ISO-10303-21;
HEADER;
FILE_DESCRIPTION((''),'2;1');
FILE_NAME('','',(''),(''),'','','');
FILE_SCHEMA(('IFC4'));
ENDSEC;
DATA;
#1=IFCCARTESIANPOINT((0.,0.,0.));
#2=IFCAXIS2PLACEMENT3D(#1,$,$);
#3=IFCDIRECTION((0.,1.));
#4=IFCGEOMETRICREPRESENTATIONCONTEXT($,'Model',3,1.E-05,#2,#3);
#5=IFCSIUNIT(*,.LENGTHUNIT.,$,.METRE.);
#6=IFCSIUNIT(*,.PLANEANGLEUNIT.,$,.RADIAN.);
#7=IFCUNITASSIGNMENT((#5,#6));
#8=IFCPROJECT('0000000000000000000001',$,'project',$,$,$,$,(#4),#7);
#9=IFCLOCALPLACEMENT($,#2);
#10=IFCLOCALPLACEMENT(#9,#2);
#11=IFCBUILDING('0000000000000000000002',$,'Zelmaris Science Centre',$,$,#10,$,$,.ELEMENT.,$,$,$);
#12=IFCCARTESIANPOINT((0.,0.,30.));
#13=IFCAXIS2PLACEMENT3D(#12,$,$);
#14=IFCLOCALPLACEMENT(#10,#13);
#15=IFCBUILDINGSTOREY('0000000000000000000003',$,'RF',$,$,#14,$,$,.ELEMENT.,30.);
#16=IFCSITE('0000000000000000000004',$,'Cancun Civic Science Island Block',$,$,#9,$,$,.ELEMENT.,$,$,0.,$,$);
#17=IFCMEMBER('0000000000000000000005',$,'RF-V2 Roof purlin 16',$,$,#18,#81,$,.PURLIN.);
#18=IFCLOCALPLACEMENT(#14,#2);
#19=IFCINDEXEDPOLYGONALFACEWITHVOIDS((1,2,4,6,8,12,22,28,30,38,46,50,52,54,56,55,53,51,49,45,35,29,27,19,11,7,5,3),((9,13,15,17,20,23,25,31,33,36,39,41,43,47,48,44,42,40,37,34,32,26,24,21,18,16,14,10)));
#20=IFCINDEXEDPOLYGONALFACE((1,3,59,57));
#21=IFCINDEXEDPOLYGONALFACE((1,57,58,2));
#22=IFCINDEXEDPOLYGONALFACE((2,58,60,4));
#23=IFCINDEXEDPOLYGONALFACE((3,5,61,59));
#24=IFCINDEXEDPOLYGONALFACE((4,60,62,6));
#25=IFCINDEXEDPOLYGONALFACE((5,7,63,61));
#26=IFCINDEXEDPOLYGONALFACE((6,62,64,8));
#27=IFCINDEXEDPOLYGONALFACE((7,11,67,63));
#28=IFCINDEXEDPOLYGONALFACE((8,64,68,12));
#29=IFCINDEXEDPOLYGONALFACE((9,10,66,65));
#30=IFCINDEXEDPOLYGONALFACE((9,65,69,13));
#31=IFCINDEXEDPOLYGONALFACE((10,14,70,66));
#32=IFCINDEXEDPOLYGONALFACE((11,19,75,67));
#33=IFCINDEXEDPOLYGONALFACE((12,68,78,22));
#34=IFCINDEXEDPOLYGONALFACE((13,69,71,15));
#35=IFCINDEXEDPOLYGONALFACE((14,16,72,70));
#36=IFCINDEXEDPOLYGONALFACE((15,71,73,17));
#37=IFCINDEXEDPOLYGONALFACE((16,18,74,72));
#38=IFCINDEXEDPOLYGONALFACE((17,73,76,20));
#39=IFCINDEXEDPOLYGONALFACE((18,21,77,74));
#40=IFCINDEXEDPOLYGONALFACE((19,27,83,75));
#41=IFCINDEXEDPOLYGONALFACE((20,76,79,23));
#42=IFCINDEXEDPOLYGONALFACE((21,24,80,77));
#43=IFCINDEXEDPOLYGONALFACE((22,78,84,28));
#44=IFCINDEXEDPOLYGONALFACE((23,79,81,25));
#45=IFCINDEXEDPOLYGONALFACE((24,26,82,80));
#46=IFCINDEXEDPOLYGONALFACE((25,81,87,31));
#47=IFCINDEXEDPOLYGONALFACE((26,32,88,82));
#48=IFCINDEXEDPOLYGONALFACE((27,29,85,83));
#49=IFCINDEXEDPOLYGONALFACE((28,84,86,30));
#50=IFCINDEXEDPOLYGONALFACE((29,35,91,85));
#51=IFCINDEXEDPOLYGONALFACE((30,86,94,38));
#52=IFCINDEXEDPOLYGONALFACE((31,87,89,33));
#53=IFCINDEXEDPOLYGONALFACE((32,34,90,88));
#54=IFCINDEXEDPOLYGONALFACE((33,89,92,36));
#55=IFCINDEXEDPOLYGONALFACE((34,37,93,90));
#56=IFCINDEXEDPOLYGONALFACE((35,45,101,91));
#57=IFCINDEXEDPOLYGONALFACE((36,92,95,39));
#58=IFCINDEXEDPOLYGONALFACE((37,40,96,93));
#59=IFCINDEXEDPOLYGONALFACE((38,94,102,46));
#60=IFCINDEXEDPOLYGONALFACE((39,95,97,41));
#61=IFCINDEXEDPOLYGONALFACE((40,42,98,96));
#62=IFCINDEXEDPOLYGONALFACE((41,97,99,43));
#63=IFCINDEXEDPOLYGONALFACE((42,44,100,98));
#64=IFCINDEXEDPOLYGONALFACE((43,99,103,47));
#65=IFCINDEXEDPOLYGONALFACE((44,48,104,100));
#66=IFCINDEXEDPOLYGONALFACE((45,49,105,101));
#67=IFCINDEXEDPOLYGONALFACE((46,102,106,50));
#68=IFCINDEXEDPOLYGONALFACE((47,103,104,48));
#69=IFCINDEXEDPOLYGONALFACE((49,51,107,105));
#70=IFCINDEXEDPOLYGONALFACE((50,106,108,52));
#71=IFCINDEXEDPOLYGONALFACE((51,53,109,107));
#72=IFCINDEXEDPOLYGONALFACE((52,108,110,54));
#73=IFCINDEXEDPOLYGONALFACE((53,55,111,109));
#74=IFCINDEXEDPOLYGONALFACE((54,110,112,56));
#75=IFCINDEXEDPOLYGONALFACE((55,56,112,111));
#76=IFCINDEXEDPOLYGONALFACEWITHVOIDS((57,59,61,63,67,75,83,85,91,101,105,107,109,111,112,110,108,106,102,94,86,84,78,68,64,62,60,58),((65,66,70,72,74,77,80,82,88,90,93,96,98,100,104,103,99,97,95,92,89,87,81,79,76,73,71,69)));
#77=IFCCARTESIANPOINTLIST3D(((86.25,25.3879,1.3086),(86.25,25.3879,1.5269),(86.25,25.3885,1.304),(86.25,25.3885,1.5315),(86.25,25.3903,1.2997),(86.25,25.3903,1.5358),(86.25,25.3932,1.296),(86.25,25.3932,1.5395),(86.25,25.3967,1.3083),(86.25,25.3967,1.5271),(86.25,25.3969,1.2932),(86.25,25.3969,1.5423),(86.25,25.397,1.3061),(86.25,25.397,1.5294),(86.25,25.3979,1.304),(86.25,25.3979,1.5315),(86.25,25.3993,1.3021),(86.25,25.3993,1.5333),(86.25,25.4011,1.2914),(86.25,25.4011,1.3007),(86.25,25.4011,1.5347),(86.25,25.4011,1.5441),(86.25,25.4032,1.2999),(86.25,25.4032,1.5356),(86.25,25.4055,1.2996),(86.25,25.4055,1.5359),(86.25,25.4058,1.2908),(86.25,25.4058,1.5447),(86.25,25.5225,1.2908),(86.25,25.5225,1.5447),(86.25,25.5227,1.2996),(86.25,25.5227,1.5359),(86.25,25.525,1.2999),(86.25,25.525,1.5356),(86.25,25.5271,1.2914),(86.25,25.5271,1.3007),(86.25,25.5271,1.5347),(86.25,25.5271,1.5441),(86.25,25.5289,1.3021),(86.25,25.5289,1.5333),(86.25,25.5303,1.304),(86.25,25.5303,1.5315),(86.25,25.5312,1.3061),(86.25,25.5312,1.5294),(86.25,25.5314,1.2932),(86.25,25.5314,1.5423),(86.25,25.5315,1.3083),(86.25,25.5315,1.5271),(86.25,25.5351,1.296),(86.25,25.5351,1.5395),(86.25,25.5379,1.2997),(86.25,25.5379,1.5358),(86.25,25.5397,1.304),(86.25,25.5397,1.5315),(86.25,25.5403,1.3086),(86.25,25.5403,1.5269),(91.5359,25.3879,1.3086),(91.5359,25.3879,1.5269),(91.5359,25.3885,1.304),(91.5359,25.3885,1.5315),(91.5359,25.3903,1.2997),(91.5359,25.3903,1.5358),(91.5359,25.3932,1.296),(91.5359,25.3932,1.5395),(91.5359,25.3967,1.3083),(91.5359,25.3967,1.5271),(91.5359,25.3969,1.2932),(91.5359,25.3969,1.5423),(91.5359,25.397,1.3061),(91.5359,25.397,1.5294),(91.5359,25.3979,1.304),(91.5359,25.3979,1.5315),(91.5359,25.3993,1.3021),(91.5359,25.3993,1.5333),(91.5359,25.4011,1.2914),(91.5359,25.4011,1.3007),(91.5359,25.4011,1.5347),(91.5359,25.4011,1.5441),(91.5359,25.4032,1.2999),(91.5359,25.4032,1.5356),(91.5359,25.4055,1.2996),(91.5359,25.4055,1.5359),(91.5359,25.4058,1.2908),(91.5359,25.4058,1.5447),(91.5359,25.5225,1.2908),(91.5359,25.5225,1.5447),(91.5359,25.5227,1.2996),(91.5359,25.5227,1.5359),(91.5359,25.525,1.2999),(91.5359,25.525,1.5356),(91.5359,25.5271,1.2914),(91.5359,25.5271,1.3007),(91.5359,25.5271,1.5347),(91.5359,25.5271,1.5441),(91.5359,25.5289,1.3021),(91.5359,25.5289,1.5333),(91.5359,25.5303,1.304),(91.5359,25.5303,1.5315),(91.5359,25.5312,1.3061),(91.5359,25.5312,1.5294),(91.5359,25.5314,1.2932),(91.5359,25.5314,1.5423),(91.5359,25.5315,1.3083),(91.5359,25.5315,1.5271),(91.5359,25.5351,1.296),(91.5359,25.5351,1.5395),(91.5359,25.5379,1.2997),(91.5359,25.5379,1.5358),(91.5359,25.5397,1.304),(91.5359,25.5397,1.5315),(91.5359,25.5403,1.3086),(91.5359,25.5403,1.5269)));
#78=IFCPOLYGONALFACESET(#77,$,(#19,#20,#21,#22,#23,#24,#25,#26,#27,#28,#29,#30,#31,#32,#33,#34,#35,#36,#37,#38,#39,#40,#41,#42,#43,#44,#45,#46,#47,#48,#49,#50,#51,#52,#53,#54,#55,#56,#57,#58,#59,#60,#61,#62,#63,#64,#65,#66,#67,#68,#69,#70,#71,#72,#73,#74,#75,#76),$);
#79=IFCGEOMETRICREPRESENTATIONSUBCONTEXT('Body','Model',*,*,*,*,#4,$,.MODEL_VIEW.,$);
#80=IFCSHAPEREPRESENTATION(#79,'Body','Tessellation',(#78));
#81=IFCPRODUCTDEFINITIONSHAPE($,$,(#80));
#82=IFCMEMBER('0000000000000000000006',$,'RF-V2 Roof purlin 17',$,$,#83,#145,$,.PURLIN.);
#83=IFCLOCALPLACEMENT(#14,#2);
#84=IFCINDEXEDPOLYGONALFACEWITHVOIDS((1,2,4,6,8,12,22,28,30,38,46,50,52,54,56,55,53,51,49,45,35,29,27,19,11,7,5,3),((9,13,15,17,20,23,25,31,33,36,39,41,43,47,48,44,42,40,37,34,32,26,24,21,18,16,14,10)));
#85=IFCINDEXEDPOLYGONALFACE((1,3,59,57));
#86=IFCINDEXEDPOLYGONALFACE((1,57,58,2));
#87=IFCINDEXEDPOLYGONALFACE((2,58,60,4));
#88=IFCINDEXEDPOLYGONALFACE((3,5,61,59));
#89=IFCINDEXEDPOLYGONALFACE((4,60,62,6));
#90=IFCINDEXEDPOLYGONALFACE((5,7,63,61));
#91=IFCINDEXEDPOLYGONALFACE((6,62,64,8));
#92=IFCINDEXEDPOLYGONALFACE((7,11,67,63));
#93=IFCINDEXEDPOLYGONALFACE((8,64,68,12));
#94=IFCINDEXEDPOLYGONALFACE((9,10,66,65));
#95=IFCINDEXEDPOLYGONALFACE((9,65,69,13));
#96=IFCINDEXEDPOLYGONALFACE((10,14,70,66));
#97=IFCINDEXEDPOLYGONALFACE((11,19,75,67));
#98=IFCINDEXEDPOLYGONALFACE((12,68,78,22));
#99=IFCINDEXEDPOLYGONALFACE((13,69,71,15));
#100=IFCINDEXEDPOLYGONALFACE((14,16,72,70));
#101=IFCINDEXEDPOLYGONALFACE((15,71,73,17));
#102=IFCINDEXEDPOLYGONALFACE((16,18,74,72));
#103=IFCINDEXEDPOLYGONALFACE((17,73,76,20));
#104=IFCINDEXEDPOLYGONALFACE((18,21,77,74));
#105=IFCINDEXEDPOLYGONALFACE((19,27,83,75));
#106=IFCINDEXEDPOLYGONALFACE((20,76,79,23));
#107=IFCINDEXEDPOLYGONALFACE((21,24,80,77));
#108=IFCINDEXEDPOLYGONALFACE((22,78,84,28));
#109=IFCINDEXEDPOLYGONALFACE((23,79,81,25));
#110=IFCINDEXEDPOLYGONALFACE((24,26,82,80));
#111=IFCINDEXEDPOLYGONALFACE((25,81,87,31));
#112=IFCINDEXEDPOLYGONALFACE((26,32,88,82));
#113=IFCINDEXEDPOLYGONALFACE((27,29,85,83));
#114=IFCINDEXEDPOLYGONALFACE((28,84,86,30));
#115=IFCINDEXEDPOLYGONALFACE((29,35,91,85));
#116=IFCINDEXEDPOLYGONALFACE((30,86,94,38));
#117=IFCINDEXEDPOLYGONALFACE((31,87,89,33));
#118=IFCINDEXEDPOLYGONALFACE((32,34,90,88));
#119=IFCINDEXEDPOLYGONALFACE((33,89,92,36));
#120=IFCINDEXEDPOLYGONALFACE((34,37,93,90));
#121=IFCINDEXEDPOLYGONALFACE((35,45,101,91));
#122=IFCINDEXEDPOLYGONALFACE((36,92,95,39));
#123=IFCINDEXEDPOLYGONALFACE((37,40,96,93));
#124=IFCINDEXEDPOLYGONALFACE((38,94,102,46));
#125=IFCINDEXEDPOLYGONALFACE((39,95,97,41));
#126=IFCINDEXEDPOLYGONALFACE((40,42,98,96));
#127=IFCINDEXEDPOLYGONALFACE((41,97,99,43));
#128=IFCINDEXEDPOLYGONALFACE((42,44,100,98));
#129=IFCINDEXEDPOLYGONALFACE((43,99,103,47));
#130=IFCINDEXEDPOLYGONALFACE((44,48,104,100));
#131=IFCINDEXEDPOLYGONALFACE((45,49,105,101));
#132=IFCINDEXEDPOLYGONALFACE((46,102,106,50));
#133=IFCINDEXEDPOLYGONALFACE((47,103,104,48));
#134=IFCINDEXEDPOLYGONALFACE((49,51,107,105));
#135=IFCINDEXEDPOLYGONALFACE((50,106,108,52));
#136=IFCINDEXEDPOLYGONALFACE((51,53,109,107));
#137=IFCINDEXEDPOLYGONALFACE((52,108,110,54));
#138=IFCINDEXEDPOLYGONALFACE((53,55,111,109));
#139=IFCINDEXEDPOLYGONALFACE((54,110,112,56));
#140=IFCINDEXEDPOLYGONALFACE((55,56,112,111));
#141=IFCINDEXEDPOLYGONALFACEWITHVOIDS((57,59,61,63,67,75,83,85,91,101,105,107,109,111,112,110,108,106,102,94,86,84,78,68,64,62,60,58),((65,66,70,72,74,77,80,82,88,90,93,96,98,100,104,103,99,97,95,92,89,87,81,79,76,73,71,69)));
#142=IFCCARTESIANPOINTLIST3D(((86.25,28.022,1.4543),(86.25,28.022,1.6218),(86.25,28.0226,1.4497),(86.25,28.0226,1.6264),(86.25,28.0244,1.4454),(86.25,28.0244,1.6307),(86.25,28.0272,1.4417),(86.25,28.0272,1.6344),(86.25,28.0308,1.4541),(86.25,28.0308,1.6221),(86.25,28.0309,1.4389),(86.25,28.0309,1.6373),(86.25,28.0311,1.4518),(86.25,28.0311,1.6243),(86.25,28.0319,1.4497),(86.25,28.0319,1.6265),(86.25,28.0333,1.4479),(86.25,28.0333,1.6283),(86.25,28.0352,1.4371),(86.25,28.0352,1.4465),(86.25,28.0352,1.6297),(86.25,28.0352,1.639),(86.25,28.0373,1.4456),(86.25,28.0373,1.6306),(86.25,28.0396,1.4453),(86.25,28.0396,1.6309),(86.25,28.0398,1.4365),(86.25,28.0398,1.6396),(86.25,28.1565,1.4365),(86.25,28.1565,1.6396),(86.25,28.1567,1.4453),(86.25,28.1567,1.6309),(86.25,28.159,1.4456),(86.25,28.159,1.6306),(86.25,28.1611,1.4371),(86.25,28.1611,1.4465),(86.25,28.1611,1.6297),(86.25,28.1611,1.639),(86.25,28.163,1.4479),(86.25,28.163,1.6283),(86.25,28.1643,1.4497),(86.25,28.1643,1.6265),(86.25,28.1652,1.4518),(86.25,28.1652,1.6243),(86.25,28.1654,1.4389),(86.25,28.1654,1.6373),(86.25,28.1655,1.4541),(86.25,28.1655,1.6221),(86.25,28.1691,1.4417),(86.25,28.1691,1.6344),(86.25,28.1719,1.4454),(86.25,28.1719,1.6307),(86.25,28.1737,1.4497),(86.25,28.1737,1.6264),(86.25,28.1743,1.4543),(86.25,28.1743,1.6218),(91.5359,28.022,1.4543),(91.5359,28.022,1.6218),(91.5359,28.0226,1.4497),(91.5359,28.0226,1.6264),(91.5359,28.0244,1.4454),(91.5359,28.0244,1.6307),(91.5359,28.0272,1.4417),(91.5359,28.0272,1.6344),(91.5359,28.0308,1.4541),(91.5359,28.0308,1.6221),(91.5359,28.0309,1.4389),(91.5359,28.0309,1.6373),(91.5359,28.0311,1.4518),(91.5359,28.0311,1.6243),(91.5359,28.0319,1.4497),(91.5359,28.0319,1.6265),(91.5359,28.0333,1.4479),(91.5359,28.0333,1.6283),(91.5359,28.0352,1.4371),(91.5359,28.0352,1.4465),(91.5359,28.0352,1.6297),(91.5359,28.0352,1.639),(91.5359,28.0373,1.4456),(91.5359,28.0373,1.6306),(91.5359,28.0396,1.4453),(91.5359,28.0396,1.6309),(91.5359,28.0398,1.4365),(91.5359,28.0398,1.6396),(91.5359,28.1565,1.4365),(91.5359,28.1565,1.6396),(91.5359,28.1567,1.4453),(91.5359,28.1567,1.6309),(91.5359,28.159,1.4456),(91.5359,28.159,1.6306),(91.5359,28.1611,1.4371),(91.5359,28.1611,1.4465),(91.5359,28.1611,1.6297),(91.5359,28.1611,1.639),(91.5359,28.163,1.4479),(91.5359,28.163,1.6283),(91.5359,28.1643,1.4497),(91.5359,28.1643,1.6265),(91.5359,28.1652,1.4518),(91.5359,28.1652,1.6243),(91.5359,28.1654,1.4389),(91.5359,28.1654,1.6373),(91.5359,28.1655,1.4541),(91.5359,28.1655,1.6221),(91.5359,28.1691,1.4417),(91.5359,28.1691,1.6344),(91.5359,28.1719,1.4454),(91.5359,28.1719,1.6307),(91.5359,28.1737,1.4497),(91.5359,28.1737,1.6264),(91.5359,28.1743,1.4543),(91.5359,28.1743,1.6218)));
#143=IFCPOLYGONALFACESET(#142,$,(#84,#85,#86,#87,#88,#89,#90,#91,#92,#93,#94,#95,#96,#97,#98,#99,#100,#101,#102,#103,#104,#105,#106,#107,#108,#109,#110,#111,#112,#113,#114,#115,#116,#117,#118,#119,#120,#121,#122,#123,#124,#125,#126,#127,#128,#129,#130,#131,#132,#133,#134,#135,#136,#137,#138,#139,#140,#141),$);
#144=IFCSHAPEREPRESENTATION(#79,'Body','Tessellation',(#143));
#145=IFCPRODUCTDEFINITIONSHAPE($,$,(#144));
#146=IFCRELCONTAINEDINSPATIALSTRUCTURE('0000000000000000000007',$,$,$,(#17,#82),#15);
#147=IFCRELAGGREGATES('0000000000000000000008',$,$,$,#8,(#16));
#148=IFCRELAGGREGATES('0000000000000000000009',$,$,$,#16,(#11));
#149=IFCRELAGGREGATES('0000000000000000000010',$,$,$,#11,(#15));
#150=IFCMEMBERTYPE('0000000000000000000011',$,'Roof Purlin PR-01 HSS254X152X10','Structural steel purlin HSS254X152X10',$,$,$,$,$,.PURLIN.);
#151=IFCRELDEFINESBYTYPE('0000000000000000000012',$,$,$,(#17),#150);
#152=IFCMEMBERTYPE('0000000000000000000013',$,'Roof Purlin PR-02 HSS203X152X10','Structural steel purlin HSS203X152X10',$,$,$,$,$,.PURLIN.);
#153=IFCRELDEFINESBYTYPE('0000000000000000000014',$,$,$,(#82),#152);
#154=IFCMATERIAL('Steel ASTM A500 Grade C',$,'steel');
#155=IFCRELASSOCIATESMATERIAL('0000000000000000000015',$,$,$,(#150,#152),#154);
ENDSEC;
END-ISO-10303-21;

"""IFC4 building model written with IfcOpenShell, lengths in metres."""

from ifc_helpers import new_model, si_unit, direction, frame, origin, origin_2d, place, context, subcontext, project, spatial, hollow_rectangle, extrude, material, material_profile, profile_set, type_object, element, save


model = new_model("IFC4")

# Units and contexts
model_context = context("Model", 3, precision=1e-05, world=origin(), true_north=direction((0.0, 1.0)))
body_context = subcontext(model_context, "Body", "Model", "MODEL_VIEW")
ifc_project = project(units=[si_unit("LENGTHUNIT", "METRE"), si_unit("PLANEANGLEUNIT", "RADIAN")], contexts=[model_context])

# Site, building, storey
site_placement = place(None, origin())
site = spatial("IfcSite", under=ifc_project, at=site_placement, Name="Cancun Civic Science Island Block", CompositionType="ELEMENT", RefElevation=0.0)
building_placement = place(site_placement, origin())
building = spatial("IfcBuilding", under=site, at=building_placement, Name="Zelmaris Science Centre", CompositionType="ELEMENT")
storey_placement = place(building_placement, frame((0.0, 0.0, 30.0)))
storey = spatial("IfcBuildingStorey", under=building, at=storey_placement, Name="RF", CompositionType="ELEMENT", Elevation=30.0)

# Shared definitions
ifc_material_1 = material(Name="Steel ASTM A500 Grade C", Category="steel")

# Members
ifc_material_profile_1 = material_profile(ifc_material_1, hollow_rectangle(XDim=0.1523, YDim=0.2539, WallThickness=0.0088, InnerFilletRadius=0.0088, OuterFilletRadius=0.0178, at=origin_2d()), Name="HSS254X152X10")
ifc_profile_set_1 = profile_set([ifc_material_profile_1], Name="Steel ASTM A500 Grade C")
member_type_1 = type_object("IfcMemberType", Name="Roof Purlin PR-01 HSS254X152X10", Description="Structural steel purlin HSS254X152X10", PredefinedType="PURLIN", material=ifc_profile_set_1)
member_1_placement = place(storey_placement, frame((86.25, 25.4641, 1.4177), z_axis=(1.0, 0.0, 0.0), x_axis=(0.0, 1.0, 0.0)))
element("IfcMember", 1, at=member_1_placement, inside=storey, type_object=member_type_1, Name="RF-V2 Roof purlin 16", PredefinedType="PURLIN", context=body_context, shape_type="SweptSolid", body=[
    extrude(hollow_rectangle(XDim=0.1523, YDim=0.2539, WallThickness=0.0088, InnerFilletRadius=0.0088, OuterFilletRadius=0.0178, at=origin_2d()), origin(), (0.0, 0.0, 1.0), 5.2859),
])
ifc_material_profile_2 = material_profile(ifc_material_1, hollow_rectangle(XDim=0.1523, YDim=0.2031, WallThickness=0.0088, InnerFilletRadius=0.0088, OuterFilletRadius=0.0178, at=origin_2d()), Name="HSS203X152X10")
ifc_profile_set_2 = profile_set([ifc_material_profile_2], Name="Steel ASTM A500 Grade C")
member_type_2 = type_object("IfcMemberType", Name="Roof Purlin PR-02 HSS203X152X10", Description="Structural steel purlin HSS203X152X10", PredefinedType="PURLIN", material=ifc_profile_set_2)
member_2_placement = place(storey_placement, frame((86.25, 28.0981, 1.5381), z_axis=(1.0, 0.0, 0.0), x_axis=(0.0, 1.0, 0.0)))
element("IfcMember", 2, at=member_2_placement, inside=storey, type_object=member_type_2, Name="RF-V2 Roof purlin 17", PredefinedType="PURLIN", context=body_context, shape_type="SweptSolid", body=[
    extrude(hollow_rectangle(XDim=0.1523, YDim=0.2031, WallThickness=0.0088, InnerFilletRadius=0.0088, OuterFilletRadius=0.0178, at=origin_2d()), origin(), (0.0, 0.0, 1.0), 5.2859),
])

save(model, "model.ifc")
